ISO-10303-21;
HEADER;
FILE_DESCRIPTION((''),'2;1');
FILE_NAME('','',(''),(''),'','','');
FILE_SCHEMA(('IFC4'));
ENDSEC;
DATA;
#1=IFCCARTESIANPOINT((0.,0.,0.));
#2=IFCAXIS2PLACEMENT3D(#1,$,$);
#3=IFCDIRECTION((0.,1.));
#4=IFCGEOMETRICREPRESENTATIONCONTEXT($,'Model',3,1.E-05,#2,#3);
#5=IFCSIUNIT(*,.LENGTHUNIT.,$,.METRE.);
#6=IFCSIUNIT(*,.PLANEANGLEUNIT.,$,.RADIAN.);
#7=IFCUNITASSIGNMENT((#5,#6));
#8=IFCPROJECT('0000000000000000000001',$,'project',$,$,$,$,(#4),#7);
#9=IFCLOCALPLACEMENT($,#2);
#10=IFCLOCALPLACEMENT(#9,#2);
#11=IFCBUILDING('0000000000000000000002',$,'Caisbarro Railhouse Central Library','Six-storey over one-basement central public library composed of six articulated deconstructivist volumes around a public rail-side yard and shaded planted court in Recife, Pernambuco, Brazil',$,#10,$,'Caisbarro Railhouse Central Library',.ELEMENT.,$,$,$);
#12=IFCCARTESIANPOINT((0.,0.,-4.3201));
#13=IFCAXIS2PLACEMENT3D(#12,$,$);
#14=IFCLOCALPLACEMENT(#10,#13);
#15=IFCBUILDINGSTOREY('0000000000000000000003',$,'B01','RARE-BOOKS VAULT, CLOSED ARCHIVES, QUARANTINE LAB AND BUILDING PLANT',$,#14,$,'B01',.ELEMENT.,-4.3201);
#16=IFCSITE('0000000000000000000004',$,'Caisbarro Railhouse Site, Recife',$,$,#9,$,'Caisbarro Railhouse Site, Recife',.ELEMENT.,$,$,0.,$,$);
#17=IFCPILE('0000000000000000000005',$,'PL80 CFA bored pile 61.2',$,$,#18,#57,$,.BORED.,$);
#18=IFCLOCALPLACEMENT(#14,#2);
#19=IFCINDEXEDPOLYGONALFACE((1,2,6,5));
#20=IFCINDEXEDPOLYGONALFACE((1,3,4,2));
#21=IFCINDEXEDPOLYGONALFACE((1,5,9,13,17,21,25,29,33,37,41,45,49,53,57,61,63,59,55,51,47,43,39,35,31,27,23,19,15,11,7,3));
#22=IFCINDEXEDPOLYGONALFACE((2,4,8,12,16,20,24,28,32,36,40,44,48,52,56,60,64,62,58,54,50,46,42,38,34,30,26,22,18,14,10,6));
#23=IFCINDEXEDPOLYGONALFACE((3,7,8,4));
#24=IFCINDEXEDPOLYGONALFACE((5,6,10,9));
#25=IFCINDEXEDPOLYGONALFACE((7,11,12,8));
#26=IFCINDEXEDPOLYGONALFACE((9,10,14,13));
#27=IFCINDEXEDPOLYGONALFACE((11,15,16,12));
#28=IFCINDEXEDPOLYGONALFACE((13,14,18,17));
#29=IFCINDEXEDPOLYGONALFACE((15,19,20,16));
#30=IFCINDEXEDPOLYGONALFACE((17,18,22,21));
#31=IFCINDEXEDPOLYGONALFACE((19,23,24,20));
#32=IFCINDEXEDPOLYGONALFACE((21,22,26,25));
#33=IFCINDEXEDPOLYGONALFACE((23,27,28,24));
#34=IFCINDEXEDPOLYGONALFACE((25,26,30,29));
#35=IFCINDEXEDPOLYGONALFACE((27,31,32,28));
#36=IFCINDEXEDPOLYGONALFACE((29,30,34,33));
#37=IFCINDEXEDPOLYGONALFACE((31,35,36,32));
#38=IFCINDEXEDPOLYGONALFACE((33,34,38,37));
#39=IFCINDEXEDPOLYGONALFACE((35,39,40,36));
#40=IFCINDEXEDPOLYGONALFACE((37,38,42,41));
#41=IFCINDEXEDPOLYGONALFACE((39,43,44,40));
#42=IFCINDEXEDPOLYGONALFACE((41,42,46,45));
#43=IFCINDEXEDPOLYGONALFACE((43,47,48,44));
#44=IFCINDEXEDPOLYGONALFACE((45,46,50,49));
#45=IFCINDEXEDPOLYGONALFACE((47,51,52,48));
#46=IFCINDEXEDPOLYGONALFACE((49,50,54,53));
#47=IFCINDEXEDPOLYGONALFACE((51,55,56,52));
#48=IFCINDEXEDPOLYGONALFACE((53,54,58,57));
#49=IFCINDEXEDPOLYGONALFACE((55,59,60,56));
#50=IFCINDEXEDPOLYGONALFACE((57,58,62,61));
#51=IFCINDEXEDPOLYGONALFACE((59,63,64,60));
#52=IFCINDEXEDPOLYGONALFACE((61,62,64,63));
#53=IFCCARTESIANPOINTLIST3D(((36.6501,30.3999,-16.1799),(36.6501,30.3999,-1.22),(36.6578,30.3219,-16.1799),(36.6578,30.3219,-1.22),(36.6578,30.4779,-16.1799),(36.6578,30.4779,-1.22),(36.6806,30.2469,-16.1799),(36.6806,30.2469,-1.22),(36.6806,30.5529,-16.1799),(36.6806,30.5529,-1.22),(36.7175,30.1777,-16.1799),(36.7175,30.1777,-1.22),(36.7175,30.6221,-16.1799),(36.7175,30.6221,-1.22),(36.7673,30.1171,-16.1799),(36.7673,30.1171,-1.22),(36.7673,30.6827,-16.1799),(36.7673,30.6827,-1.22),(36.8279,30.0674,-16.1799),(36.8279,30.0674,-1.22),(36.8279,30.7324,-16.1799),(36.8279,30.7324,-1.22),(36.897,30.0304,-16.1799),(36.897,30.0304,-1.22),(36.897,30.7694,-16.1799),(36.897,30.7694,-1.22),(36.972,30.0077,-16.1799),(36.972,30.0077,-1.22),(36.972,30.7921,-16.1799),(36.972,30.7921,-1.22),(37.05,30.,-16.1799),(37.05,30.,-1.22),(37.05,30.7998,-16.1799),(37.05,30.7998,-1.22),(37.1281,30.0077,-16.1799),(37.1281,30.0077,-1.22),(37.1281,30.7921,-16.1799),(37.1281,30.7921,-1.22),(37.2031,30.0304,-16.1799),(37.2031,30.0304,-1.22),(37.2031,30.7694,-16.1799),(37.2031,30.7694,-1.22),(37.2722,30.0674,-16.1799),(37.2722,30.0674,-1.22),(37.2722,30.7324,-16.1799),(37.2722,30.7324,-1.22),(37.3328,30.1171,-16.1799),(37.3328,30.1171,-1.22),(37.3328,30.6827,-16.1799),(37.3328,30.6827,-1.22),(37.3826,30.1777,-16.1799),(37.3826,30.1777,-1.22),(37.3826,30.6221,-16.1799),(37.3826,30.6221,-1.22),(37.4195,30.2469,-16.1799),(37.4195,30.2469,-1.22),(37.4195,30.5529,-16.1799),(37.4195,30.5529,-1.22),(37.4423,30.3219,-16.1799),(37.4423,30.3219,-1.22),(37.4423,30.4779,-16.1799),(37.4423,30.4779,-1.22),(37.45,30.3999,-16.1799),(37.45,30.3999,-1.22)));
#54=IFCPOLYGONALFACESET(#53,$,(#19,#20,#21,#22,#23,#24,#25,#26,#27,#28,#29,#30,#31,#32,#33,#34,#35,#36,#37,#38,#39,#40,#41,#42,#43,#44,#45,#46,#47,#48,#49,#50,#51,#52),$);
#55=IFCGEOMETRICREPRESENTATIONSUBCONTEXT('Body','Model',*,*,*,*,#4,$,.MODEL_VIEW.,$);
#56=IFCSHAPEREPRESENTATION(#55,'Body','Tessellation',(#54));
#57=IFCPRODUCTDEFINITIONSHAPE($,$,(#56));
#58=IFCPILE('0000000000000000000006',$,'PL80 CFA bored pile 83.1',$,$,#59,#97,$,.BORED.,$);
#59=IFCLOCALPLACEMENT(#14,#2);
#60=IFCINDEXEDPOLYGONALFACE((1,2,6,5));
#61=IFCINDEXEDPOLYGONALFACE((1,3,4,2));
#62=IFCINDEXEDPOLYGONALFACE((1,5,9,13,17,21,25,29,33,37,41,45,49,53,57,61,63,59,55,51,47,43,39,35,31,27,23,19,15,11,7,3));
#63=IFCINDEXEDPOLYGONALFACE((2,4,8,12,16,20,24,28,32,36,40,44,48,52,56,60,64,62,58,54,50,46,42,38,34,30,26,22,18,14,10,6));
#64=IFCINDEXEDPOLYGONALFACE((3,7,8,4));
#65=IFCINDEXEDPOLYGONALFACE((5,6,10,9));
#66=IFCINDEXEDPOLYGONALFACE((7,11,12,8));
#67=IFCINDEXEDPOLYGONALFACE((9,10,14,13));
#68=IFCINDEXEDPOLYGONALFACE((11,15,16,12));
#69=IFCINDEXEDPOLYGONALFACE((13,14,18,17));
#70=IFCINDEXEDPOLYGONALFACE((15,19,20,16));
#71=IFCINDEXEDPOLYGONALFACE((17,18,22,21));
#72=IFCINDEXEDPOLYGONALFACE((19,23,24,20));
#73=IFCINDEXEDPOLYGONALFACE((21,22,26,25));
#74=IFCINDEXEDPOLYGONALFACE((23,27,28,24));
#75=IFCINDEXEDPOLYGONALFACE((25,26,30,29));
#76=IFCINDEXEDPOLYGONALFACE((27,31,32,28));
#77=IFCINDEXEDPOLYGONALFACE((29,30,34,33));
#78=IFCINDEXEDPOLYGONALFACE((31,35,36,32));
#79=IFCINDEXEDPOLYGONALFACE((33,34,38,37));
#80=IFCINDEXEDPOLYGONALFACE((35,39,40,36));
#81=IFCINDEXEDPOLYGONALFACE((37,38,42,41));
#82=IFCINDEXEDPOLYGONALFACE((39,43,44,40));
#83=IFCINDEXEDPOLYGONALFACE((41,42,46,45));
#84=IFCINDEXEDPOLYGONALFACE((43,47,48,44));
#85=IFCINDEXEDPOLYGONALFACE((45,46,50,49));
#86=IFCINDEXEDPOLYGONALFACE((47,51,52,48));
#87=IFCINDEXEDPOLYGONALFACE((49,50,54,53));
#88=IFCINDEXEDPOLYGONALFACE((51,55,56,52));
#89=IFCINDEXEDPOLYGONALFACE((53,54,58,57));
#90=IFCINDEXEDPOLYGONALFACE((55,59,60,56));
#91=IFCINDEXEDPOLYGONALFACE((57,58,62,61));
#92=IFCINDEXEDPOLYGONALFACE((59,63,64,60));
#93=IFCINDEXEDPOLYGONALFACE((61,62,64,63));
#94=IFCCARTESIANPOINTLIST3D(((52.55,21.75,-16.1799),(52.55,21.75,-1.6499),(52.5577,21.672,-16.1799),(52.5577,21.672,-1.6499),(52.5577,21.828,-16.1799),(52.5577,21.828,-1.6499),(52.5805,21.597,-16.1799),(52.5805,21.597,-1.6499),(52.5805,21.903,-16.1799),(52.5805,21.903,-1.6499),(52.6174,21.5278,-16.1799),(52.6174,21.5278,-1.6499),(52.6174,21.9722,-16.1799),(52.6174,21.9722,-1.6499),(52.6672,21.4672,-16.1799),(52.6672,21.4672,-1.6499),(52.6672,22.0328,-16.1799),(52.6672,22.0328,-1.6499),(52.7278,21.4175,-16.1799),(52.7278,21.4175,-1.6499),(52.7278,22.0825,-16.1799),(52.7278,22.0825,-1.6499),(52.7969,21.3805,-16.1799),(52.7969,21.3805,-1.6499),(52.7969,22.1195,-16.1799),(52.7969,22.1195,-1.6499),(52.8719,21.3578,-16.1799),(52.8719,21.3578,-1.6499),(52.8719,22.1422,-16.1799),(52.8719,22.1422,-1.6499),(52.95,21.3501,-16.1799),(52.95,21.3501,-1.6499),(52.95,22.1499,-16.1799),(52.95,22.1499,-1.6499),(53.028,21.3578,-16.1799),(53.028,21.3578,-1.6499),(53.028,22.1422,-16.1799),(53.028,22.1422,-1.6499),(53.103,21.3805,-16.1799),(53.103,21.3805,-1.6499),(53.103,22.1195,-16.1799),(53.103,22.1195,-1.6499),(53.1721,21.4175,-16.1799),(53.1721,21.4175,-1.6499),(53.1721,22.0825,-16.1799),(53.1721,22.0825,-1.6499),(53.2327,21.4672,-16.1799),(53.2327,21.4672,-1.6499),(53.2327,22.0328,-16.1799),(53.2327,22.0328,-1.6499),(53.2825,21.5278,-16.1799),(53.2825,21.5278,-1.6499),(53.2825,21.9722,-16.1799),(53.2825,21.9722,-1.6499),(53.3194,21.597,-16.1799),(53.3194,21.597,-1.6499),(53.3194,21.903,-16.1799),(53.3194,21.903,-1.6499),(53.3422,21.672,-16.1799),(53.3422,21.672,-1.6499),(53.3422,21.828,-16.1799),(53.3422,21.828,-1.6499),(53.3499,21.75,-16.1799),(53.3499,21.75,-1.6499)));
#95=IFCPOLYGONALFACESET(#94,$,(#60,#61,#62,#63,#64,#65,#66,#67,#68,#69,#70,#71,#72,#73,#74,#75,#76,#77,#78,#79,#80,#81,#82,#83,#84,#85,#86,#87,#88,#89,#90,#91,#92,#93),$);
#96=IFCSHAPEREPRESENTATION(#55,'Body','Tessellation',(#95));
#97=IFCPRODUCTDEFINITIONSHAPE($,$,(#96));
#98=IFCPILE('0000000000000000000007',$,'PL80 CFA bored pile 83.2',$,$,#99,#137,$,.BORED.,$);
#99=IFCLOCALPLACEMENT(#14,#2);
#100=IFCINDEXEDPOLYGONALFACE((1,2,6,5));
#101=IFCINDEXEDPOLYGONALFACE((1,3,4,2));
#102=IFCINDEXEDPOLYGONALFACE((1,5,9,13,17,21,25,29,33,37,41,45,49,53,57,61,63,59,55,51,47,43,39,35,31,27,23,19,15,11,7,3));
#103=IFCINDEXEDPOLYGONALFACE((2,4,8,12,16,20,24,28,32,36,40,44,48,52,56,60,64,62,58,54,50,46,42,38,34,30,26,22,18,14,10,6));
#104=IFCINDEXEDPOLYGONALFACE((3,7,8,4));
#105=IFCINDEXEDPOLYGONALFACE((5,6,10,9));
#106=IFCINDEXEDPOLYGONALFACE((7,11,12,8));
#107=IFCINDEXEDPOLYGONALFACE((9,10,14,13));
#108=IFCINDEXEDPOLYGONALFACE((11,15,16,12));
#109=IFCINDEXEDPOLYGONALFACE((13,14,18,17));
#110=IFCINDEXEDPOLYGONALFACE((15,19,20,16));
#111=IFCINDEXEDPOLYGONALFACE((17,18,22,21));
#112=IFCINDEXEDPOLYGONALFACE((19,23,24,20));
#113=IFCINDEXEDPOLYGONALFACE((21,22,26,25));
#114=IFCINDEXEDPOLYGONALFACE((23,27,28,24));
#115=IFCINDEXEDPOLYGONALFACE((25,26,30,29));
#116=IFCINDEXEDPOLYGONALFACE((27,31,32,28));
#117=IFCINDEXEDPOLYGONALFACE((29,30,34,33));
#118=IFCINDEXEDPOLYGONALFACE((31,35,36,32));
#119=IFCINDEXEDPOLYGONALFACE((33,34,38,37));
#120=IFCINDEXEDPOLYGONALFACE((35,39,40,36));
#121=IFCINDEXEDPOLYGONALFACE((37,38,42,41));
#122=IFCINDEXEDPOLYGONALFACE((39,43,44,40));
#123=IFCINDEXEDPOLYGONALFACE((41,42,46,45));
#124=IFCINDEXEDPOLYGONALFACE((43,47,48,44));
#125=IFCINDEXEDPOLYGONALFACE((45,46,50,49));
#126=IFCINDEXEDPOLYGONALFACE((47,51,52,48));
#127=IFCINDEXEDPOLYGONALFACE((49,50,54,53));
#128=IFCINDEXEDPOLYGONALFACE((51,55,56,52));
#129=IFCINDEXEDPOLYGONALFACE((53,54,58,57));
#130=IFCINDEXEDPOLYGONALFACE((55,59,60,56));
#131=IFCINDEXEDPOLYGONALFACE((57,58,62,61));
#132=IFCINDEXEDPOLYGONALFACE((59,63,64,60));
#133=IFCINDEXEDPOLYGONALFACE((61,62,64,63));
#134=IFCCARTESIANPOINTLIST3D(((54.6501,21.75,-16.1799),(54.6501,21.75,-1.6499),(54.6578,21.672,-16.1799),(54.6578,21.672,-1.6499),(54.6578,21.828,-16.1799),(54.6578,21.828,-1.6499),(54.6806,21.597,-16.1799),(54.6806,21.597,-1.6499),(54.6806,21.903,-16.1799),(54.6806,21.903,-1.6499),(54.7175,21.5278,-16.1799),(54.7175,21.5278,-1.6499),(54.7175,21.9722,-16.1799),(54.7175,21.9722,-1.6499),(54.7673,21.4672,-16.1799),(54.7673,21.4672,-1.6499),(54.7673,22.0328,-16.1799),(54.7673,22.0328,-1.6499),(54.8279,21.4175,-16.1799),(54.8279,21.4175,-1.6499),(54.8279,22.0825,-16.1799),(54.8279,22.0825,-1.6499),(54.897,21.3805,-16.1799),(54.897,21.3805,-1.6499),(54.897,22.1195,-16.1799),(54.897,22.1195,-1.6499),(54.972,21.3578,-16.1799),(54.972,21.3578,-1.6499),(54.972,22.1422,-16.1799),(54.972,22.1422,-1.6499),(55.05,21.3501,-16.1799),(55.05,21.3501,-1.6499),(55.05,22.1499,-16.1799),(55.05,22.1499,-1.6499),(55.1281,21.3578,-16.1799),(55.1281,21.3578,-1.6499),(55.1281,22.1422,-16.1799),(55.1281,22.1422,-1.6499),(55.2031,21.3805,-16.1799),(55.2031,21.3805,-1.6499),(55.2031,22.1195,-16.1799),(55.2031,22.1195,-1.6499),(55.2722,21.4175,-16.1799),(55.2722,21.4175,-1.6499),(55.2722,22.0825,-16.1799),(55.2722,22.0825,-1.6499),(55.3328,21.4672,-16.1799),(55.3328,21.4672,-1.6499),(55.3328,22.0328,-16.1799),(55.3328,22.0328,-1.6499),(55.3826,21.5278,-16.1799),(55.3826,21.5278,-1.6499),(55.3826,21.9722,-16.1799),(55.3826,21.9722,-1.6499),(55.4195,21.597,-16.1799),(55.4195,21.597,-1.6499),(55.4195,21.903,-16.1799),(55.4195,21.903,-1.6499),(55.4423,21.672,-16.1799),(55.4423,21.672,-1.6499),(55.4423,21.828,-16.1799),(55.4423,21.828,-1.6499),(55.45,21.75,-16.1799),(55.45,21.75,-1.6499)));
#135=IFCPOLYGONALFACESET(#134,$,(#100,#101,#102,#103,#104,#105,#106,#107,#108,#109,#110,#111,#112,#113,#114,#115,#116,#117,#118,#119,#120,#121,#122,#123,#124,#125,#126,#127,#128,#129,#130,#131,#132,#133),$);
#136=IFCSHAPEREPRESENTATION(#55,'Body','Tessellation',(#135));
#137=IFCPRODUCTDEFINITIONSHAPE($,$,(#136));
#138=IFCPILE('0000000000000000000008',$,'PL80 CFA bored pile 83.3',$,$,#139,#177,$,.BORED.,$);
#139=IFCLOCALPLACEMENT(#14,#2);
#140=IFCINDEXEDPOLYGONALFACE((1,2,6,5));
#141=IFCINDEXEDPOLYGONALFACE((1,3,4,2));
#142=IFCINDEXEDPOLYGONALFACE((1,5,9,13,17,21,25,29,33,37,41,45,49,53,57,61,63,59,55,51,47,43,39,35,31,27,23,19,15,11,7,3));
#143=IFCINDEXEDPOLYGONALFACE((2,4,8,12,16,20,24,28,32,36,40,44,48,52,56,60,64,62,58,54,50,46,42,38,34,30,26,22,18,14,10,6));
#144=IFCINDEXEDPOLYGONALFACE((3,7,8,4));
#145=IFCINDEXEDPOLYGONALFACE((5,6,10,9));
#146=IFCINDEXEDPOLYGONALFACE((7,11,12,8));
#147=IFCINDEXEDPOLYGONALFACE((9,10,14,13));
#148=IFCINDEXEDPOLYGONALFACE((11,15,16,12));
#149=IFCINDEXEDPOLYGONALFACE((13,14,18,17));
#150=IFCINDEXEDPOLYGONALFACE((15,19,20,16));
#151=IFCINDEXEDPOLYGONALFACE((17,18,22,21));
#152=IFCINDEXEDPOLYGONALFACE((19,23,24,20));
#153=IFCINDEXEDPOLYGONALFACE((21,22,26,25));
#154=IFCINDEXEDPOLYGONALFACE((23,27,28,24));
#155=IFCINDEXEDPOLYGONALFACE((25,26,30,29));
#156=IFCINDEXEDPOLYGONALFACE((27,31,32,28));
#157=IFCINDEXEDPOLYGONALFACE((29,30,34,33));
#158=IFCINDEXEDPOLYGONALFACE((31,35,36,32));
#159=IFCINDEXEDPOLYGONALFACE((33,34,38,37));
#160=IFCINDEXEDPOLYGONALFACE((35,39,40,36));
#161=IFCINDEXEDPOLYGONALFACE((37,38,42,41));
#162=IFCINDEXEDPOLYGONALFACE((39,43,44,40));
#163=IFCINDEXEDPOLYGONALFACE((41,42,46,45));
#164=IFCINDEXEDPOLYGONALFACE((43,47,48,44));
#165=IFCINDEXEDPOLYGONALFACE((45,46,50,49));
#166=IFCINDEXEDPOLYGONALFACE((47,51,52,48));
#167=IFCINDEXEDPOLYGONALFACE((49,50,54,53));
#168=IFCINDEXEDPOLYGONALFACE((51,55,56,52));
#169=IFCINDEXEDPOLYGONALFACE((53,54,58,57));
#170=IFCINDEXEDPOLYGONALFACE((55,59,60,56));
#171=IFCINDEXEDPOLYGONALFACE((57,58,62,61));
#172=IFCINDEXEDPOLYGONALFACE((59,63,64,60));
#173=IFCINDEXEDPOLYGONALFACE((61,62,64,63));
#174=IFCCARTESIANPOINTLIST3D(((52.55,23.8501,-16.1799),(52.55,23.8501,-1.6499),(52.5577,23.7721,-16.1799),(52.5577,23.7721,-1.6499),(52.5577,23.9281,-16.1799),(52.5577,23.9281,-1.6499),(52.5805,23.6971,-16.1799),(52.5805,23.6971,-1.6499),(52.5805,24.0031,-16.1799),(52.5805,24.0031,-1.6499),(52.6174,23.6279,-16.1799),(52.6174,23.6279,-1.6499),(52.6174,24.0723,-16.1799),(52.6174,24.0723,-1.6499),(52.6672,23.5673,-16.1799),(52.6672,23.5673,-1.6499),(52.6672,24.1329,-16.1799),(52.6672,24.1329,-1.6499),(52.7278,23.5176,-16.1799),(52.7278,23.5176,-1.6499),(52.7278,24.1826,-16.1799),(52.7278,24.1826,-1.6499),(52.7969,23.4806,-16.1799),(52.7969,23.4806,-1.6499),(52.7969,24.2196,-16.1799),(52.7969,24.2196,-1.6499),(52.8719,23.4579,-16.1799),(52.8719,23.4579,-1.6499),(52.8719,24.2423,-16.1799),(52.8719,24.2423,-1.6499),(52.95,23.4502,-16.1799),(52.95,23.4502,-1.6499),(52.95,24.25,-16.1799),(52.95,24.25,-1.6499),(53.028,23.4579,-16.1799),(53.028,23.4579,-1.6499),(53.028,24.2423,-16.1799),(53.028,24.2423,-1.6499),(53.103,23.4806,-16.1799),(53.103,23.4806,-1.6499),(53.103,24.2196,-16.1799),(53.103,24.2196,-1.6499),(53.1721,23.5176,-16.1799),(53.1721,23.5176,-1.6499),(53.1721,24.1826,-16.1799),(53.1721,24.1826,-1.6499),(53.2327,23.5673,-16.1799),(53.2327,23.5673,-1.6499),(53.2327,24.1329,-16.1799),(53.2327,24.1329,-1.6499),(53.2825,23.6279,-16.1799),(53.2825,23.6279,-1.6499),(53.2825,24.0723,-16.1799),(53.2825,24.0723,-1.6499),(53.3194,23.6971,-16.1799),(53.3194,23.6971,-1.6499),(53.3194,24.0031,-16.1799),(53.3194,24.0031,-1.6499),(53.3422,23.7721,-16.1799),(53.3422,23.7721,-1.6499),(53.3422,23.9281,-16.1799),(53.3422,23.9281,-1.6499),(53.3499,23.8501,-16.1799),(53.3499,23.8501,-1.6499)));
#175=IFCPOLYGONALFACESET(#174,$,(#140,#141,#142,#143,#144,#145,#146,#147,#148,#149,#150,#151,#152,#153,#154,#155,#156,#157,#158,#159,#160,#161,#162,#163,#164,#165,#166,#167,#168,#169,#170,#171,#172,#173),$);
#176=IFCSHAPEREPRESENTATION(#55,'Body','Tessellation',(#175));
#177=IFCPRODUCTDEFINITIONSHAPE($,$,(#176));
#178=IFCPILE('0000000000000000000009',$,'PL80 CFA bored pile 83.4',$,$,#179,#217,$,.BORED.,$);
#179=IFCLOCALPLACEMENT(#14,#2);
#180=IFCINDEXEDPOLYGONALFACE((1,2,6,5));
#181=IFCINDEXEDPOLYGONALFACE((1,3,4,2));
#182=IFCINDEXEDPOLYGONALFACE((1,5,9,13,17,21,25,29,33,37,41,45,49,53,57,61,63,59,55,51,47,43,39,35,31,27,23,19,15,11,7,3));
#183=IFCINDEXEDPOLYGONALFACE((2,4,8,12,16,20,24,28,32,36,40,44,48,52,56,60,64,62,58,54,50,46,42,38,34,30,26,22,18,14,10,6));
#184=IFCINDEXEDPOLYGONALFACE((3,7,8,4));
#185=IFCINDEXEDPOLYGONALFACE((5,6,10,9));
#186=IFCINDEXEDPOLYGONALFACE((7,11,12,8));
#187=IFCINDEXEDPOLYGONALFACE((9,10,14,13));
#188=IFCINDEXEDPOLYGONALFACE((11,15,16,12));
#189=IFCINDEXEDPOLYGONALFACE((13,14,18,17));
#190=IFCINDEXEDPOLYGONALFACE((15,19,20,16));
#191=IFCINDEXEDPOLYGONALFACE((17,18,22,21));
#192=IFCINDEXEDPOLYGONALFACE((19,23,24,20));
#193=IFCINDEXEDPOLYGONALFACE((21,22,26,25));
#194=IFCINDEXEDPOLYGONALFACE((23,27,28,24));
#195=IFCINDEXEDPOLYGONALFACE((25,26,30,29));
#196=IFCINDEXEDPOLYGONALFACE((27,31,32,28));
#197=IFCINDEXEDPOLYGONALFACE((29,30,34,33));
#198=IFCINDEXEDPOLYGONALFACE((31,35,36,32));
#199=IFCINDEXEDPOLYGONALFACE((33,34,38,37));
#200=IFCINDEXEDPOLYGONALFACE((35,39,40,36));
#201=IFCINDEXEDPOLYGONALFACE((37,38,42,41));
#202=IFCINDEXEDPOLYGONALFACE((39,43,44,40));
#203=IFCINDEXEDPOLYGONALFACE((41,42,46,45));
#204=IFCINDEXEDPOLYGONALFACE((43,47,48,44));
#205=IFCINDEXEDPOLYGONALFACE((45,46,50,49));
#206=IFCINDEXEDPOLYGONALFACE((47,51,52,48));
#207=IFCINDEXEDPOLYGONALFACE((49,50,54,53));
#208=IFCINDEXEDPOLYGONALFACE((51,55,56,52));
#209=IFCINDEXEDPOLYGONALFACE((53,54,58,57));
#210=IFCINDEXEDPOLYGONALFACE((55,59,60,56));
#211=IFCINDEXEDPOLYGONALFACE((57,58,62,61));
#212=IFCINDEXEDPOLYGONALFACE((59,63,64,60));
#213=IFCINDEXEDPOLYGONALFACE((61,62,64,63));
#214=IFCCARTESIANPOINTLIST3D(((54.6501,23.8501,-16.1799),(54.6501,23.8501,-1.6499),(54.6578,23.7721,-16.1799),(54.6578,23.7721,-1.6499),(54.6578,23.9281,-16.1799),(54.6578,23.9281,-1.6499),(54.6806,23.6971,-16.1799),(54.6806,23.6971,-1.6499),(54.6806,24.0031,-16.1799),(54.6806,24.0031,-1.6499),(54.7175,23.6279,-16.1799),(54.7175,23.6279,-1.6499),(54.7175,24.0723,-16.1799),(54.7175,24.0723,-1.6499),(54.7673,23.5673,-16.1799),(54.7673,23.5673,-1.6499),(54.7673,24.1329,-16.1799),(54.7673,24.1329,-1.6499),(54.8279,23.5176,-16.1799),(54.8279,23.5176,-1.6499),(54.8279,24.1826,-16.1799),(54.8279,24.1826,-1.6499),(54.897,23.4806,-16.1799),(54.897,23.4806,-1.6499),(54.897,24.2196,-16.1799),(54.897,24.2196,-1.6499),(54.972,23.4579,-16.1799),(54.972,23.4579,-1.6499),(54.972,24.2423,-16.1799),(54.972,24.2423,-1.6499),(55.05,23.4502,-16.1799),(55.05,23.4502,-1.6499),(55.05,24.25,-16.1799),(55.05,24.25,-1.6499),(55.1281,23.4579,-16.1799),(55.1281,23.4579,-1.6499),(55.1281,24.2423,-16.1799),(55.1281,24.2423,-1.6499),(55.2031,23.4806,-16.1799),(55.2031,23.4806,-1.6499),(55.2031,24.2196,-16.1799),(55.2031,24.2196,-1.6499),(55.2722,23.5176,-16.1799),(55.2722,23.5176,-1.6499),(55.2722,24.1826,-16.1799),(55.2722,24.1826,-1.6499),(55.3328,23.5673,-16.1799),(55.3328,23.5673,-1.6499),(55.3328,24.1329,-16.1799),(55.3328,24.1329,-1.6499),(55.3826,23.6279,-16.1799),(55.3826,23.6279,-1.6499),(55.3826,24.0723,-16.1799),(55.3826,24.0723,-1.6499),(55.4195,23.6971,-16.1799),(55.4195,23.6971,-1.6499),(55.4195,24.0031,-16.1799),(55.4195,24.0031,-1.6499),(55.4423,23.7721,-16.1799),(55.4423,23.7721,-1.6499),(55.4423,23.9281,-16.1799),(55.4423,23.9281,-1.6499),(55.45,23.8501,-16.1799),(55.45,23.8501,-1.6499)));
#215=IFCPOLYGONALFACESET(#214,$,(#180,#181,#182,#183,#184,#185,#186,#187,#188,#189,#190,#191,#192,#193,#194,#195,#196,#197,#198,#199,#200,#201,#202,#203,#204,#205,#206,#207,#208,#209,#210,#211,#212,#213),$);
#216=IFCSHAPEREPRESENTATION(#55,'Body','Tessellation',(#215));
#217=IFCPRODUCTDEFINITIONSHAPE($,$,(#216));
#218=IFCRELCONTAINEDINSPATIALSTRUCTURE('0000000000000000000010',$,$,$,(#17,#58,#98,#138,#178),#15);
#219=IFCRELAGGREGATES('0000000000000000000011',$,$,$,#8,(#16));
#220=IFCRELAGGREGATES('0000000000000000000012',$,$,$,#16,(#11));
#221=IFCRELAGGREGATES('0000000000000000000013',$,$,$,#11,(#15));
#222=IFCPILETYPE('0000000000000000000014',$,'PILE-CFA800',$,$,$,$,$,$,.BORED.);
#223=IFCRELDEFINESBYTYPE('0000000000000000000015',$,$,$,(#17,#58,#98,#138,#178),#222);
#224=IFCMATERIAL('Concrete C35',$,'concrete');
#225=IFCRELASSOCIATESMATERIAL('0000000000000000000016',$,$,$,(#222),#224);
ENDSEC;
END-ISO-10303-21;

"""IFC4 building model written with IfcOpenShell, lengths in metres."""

from ifc_helpers import new_model, si_unit, direction, frame, origin, origin_2d, place, context, subcontext, project, spatial, circle, extrude, material, material_profile, profile_set, type_object, element, save


model = new_model("IFC4")

# Units and contexts
model_context = context("Model", 3, precision=1e-05, world=origin(), true_north=direction((0.0, 1.0)))
body_context = subcontext(model_context, "Body", "Model", "MODEL_VIEW")
ifc_project = project(units=[si_unit("LENGTHUNIT", "METRE"), si_unit("PLANEANGLEUNIT", "RADIAN")], contexts=[model_context])

# Site, building, storey
site_placement = place(None, origin())
site = spatial("IfcSite", under=ifc_project, at=site_placement, Name="Caisbarro Railhouse Site, Recife", LongName="Caisbarro Railhouse Site, Recife", CompositionType="ELEMENT", RefElevation=0.0)
building_placement = place(site_placement, origin())
building = spatial("IfcBuilding", under=site, at=building_placement, Name="Caisbarro Railhouse Central Library", Description="Six-storey over one-basement central public library composed of six articulated deconstructivist volumes around a public rail-side yard and shaded planted court in Recife, Pernambuco, Brazil", LongName="Caisbarro Railhouse Central Library", CompositionType="ELEMENT")
storey_placement = place(building_placement, frame((0.0, 0.0, -4.3201)))
storey = spatial("IfcBuildingStorey", under=building, at=storey_placement, Name="B01", Description="RARE-BOOKS VAULT, CLOSED ARCHIVES, QUARANTINE LAB AND BUILDING PLANT", LongName="B01", CompositionType="ELEMENT", Elevation=-4.3201)

# Shared definitions
ifc_material_1 = material(Name="Concrete C35", Category="concrete")

# Piles
ifc_material_profile_1 = material_profile(ifc_material_1, circle(Radius=0.3999, at=origin_2d()), Name="PILE-CFA-800")
ifc_profile_set_1 = profile_set([ifc_material_profile_1], Name="Concrete C35")
pile_type_1 = type_object("IfcPileType", Name="PILE-CFA800", PredefinedType="BORED", material=ifc_profile_set_1)
pile_placement = place(storey_placement, frame((37.05, 30.3999, -1.22), z_axis=(0.0, 0.0, -1.0), x_axis=(1.0, 0.0, 0.0)))
element("IfcPile", 1, at=pile_placement, inside=storey, type_object=pile_type_1, Name="PL80 CFA bored pile 61.2", PredefinedType="BORED", context=body_context, shape_type="SweptSolid", body=[
    extrude(circle(Radius=0.3999, at=origin_2d()), origin(), (0.0, 0.0, 1.0), 14.96),
])
for number, where, z_axis, x_axis, name in (
    (2, (52.95, 21.75, -1.6499), (0.0, 0.0, -1.0), (1.0, 0.0, 0.0), "PL80 CFA bored pile 83.1"),
    (3, (55.05, 21.75, -1.6499), (0.0, 0.0, -1.0), (1.0, 0.0, 0.0), "PL80 CFA bored pile 83.2"),
    (4, (52.95, 23.8501, -1.6499), (0.0, 0.0, -1.0), (1.0, 0.0, 0.0), "PL80 CFA bored pile 83.3"),
    (5, (55.05, 23.8501, -1.6499), (0.0, 0.0, -1.0), (1.0, 0.0, 0.0), "PL80 CFA bored pile 83.4"),
):
    element("IfcPile", number, at=place(storey_placement, frame(where, z_axis=z_axis, x_axis=x_axis)), inside=storey, type_object=pile_type_1, Name=name, PredefinedType="BORED", context=body_context, shape_type="SweptSolid", body=[
        extrude(circle(Radius=0.3999, at=origin_2d()), origin(), (0.0, 0.0, 1.0), 14.53),
    ])

save(model, "model.ifc")
